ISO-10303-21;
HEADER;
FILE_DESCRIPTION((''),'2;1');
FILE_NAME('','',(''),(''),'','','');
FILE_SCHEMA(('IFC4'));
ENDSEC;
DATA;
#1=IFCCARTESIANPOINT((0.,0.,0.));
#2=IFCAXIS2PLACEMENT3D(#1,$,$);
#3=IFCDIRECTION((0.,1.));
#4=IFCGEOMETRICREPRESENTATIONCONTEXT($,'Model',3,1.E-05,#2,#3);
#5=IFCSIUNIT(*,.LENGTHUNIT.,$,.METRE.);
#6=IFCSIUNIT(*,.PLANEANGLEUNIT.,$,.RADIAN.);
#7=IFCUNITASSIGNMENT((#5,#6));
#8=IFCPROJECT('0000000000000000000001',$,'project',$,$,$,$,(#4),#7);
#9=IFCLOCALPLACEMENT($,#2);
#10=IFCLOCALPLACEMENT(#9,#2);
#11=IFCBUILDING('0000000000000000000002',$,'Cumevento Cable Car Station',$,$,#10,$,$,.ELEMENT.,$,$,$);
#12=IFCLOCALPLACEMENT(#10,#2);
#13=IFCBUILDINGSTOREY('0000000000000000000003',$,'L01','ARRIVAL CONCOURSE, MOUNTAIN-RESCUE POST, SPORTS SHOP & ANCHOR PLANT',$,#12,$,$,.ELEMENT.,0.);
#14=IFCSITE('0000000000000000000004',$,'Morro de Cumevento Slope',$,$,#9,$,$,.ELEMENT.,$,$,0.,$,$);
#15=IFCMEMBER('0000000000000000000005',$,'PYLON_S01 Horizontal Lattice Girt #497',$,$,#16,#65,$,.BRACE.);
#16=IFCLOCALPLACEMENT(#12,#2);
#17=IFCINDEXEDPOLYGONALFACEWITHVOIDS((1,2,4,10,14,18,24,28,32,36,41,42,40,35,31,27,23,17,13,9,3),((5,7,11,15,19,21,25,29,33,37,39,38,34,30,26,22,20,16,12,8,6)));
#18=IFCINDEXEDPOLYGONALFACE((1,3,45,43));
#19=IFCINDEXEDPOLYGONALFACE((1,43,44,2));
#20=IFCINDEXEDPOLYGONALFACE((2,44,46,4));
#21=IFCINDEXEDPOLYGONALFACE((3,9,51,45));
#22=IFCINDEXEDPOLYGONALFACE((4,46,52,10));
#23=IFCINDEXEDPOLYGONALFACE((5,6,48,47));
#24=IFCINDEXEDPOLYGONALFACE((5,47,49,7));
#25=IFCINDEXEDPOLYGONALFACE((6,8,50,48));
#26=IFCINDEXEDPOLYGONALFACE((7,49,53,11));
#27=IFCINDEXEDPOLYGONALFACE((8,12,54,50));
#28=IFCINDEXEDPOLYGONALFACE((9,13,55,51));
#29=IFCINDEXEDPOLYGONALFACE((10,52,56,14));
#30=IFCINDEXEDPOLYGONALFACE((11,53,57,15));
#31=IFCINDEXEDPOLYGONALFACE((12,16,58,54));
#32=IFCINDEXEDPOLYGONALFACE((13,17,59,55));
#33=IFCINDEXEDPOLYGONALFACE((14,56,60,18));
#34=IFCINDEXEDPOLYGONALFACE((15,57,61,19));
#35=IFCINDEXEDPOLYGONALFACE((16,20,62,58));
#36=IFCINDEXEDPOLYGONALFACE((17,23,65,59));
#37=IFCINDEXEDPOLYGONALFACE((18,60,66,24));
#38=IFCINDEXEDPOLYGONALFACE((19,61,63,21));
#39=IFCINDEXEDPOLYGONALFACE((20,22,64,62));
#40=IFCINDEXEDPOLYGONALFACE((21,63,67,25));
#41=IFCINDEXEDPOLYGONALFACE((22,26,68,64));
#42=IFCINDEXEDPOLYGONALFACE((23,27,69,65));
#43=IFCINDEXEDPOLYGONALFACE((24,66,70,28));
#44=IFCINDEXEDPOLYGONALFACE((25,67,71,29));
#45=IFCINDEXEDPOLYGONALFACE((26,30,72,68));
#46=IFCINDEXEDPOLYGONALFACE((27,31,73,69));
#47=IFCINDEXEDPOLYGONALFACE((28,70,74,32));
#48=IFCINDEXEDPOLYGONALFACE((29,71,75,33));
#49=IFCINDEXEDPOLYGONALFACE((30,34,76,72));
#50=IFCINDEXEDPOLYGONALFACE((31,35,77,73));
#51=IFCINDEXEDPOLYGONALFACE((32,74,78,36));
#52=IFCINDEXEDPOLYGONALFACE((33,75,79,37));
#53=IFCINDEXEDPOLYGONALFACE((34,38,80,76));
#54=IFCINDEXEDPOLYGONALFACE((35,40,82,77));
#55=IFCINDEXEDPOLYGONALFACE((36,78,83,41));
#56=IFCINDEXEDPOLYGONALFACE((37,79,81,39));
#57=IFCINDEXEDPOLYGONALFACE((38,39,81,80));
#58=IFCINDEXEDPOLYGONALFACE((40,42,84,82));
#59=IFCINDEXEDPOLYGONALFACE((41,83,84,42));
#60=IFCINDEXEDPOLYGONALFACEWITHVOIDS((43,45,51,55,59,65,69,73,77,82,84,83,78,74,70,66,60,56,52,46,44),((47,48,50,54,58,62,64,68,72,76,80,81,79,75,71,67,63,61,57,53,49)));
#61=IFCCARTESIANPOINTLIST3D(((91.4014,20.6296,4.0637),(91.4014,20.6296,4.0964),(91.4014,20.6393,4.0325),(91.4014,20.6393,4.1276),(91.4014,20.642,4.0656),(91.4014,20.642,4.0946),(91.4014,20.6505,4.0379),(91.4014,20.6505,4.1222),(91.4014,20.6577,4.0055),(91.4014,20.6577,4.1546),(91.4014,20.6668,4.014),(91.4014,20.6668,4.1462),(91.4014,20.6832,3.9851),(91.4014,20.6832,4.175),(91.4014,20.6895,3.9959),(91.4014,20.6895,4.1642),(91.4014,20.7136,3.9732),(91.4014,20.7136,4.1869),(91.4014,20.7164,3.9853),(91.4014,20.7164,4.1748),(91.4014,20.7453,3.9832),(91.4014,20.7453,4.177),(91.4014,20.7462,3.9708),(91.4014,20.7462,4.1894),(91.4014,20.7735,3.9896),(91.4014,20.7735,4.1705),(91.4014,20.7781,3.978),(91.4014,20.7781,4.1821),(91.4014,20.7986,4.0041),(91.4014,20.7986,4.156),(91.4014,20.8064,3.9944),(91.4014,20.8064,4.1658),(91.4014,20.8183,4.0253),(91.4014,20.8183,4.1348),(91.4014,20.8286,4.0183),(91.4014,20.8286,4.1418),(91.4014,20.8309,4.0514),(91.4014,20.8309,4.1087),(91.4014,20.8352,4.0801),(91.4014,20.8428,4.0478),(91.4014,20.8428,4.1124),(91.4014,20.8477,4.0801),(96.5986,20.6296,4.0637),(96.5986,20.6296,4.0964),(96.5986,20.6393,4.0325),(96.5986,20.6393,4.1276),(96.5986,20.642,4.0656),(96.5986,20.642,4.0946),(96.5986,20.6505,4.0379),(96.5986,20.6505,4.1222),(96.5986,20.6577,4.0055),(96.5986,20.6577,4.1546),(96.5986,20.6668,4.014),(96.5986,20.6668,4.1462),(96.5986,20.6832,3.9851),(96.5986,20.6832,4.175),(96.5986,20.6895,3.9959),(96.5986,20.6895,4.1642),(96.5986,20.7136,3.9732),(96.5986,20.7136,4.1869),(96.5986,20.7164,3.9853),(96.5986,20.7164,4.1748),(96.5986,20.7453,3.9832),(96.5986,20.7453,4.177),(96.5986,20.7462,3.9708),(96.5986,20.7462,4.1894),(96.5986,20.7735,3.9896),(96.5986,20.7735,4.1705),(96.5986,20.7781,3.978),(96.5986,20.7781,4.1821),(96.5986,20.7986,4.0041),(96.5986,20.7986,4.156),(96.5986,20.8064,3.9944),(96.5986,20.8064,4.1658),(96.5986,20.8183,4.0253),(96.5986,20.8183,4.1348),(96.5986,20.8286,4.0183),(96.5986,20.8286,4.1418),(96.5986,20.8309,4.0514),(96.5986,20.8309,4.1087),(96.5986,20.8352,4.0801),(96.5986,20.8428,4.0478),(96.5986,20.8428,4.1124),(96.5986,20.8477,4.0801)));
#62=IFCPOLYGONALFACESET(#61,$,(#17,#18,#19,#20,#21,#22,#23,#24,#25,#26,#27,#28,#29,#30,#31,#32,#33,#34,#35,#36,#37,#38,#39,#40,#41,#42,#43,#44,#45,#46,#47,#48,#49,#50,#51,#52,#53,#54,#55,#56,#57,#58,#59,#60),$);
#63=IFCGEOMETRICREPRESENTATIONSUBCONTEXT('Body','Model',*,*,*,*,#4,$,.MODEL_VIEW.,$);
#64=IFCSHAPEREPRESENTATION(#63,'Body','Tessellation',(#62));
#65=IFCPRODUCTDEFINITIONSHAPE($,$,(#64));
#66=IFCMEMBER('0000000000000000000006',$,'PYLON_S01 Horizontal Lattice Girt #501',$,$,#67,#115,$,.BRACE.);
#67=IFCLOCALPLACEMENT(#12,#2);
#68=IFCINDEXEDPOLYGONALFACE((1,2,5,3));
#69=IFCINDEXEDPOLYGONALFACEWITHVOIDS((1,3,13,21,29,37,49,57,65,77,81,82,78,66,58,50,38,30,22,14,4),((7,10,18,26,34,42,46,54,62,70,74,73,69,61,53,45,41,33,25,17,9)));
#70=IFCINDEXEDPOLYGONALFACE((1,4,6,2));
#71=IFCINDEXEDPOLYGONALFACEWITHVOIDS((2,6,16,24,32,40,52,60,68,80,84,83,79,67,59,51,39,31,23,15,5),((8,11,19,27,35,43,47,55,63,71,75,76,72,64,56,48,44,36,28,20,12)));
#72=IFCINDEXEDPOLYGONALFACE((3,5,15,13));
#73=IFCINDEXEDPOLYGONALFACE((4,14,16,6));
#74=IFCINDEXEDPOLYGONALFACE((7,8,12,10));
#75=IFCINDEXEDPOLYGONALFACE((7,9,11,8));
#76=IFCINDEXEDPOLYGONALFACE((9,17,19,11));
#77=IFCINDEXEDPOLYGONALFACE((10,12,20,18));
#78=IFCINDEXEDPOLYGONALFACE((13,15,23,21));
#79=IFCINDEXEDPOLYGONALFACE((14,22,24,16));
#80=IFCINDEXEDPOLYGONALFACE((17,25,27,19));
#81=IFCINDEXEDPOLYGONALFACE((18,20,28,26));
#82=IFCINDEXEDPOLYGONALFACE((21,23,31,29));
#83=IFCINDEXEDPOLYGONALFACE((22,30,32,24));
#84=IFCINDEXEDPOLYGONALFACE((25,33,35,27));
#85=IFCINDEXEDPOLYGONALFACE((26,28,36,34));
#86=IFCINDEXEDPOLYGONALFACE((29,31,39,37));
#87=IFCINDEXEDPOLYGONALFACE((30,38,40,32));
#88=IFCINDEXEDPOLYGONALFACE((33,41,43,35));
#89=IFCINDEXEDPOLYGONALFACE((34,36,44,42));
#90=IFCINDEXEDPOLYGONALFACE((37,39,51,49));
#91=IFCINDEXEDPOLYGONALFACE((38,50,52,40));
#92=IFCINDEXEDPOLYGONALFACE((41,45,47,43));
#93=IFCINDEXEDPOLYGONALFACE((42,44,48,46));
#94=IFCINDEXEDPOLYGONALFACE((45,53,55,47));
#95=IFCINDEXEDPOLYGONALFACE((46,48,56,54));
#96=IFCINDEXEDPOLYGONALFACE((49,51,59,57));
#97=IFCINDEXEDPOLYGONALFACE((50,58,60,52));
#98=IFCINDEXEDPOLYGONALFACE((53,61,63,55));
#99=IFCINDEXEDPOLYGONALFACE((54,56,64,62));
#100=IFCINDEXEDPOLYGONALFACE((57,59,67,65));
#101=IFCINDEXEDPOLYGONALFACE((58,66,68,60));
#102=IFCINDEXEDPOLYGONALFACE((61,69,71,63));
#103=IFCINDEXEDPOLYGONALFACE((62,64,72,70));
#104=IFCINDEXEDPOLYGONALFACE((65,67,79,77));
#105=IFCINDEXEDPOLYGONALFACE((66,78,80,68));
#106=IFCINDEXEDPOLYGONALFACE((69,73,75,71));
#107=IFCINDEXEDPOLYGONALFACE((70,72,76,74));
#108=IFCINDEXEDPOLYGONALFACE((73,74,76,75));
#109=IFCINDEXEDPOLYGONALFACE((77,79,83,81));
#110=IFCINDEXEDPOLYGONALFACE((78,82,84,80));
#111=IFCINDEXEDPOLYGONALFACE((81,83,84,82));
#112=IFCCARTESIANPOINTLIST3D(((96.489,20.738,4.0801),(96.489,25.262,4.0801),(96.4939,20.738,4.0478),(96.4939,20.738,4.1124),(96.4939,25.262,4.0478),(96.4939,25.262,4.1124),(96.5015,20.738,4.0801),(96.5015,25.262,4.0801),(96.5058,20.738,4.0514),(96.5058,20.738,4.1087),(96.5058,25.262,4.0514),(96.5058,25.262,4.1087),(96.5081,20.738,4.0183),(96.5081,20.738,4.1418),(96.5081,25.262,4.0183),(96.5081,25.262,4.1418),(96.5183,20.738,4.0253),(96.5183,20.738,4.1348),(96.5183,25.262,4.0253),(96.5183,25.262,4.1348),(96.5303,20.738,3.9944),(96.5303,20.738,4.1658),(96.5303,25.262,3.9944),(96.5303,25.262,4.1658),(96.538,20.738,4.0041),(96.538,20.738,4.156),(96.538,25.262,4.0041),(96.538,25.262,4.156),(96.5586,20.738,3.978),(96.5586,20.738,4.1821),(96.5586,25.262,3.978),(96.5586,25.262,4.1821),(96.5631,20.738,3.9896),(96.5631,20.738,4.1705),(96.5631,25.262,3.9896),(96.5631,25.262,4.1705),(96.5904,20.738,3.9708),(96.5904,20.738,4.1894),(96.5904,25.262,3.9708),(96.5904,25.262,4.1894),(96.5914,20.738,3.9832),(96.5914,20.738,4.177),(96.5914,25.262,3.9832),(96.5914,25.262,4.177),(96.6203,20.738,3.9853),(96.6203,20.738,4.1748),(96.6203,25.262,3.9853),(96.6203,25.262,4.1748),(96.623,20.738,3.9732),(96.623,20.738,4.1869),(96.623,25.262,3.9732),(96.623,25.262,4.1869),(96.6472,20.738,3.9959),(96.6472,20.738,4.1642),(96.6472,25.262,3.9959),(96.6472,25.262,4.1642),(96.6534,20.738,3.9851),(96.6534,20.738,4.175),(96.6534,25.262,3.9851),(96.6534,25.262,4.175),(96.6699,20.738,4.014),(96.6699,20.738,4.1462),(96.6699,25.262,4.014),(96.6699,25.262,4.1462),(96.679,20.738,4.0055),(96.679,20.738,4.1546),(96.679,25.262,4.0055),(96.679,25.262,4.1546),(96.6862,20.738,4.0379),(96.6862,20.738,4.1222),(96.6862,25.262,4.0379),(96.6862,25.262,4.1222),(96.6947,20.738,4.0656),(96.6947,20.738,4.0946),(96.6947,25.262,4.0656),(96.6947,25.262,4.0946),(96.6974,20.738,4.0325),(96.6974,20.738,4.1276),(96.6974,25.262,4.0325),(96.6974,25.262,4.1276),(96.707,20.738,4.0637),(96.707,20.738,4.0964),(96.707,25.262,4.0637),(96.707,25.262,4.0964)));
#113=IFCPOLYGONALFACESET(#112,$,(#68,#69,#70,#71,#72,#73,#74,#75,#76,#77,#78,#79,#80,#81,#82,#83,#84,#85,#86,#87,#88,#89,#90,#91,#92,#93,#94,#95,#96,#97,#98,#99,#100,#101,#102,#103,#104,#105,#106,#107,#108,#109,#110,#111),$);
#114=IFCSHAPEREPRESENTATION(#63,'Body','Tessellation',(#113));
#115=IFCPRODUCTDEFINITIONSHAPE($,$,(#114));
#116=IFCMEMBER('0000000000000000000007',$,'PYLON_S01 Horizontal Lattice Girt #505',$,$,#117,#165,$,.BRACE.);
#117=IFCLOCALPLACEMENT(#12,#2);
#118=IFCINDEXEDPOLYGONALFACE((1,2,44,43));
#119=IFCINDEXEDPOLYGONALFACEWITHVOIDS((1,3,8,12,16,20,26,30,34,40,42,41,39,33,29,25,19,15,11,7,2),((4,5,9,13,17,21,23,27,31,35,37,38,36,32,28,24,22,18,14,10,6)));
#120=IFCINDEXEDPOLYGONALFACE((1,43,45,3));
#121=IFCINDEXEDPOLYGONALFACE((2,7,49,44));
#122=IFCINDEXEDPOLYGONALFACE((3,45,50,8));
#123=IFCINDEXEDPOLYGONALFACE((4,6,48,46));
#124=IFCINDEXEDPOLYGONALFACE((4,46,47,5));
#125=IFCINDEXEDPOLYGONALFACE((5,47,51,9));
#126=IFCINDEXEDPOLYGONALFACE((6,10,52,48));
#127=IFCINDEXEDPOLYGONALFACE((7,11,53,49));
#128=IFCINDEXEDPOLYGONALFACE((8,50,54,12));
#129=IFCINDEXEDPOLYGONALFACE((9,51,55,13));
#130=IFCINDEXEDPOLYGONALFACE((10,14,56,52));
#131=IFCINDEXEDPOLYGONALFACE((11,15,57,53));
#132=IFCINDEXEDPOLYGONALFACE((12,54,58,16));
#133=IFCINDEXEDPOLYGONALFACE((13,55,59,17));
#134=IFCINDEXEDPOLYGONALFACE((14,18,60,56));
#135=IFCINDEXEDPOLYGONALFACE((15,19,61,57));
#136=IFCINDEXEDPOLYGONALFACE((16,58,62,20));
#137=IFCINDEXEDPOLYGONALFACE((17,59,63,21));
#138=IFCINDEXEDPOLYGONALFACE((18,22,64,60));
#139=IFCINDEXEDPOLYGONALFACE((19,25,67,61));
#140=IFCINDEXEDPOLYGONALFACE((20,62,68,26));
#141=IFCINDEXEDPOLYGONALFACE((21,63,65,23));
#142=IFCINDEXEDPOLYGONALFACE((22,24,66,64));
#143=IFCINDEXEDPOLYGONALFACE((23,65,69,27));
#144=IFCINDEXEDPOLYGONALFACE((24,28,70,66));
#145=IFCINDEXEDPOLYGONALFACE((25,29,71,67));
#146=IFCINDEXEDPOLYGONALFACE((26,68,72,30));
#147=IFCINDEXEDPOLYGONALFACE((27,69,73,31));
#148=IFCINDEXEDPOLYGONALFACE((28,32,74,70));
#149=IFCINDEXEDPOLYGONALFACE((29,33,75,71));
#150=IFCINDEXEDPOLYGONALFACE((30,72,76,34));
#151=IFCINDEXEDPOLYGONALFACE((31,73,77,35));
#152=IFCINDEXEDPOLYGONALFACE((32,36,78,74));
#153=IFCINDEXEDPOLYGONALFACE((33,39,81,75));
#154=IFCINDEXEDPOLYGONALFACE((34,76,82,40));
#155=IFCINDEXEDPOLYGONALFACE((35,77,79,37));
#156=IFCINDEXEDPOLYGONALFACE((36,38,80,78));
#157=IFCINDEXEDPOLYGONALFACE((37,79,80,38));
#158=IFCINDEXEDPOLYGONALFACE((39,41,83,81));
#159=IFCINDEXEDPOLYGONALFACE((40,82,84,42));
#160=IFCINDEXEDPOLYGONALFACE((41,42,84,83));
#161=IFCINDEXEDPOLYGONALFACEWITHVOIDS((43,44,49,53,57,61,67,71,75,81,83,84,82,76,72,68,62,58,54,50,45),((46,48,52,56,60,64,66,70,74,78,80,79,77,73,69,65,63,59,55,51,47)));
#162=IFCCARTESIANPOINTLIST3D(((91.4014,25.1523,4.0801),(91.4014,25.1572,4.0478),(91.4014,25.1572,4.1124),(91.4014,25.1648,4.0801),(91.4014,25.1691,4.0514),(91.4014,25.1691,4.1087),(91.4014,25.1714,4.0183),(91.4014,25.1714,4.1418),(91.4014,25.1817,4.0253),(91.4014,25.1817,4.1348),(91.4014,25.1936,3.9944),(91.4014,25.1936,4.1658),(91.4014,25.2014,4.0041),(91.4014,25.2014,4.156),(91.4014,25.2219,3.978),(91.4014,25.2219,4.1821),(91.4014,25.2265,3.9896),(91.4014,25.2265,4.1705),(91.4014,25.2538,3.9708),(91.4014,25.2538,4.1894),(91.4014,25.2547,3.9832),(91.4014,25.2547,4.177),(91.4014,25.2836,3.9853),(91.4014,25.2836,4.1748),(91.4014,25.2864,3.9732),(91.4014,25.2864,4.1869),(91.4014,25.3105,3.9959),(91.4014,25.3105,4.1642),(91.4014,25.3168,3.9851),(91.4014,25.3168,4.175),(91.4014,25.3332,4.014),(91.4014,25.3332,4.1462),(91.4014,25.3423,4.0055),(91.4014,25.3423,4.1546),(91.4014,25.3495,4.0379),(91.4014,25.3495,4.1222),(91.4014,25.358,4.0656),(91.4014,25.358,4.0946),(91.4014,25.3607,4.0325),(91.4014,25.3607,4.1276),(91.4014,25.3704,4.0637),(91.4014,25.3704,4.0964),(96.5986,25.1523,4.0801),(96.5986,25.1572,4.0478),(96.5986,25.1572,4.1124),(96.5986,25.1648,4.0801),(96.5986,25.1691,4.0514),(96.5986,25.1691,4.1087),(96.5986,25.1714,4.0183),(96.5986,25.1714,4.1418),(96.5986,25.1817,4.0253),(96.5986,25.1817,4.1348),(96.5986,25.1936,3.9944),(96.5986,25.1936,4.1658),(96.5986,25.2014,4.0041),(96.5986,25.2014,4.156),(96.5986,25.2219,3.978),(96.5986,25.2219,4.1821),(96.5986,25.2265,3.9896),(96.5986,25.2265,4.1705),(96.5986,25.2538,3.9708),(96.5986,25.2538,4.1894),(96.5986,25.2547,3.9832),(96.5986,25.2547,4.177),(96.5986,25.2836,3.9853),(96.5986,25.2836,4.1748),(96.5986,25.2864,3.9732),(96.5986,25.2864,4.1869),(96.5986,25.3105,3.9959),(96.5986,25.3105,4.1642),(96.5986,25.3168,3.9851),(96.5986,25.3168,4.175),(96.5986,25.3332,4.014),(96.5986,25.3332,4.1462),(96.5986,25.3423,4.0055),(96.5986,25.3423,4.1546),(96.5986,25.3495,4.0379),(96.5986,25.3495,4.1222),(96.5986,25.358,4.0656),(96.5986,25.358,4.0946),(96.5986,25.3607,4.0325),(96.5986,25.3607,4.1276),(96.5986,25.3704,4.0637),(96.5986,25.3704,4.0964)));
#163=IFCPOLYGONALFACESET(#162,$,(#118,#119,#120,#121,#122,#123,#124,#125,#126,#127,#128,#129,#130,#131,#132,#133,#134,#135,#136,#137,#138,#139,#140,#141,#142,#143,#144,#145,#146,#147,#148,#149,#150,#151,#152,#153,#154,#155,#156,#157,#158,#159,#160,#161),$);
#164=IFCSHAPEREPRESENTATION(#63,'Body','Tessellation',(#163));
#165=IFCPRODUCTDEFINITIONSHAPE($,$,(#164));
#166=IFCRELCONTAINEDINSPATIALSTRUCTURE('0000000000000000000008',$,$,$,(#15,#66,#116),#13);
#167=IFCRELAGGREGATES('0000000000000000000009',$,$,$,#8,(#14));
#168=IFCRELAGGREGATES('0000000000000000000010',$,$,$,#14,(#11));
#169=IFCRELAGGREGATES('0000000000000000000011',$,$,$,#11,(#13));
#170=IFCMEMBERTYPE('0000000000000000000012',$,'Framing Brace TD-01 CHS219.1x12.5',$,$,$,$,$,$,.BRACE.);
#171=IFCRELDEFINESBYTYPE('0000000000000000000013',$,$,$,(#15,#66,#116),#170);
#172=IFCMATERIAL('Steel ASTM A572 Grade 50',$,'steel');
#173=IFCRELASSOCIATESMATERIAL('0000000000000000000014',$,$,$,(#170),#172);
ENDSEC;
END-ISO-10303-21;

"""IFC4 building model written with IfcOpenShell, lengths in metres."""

from ifc_helpers import new_model, si_unit, direction, frame, origin, origin_2d, place, context, subcontext, project, spatial, hollow_circle, extrude, material, material_profile, profile_set, type_object, element, save


model = new_model("IFC4")

# Units and contexts
model_context = context("Model", 3, precision=1e-05, world=origin(), true_north=direction((0.0, 1.0)))
body_context = subcontext(model_context, "Body", "Model", "MODEL_VIEW")
ifc_project = project(units=[si_unit("LENGTHUNIT", "METRE"), si_unit("PLANEANGLEUNIT", "RADIAN")], contexts=[model_context])

# Site, building, storey
site_placement = place(None, origin())
site = spatial("IfcSite", under=ifc_project, at=site_placement, Name="Morro de Cumevento Slope", CompositionType="ELEMENT", RefElevation=0.0)
building_placement = place(site_placement, origin())
building = spatial("IfcBuilding", under=site, at=building_placement, Name="Cumevento Cable Car Station", CompositionType="ELEMENT")
storey_placement = place(building_placement, origin())
storey = spatial("IfcBuildingStorey", under=building, at=storey_placement, Name="L01", Description="ARRIVAL CONCOURSE, MOUNTAIN-RESCUE POST, SPORTS SHOP & ANCHOR PLANT", CompositionType="ELEMENT", Elevation=0.0)

# Members
ifc_material_1 = material(Name="Steel ASTM A572 Grade 50", Category="steel")
ifc_material_profile_1 = material_profile(ifc_material_1, hollow_circle(Radius=0.1096, WallThickness=0.0125, at=origin_2d()), Name="CHS219.1x12.5")
ifc_profile_set_1 = profile_set([ifc_material_profile_1], Name="Steel ASTM A572 Grade 50")
member_type_1 = type_object("IfcMemberType", Name="Framing Brace TD-01 CHS219.1x12.5", PredefinedType="BRACE", material=ifc_profile_set_1)
member_1_placement = place(storey_placement, frame((91.4014, 20.738, 4.0801), z_axis=(1.0, 0.0, 0.0), x_axis=(0.0, 1.0, 0.0)))
element("IfcMember", 1, at=member_1_placement, inside=storey, type_object=member_type_1, Name="PYLON_S01 Horizontal Lattice Girt #497", PredefinedType="BRACE", context=body_context, shape_type="SweptSolid", body=[
    extrude(hollow_circle(Radius=0.1096, WallThickness=0.0125, at=origin_2d()), origin(), (0.0, 0.0, 1.0), 5.1973),
])
member_2_placement = place(storey_placement, frame((96.5986, 20.738, 4.0801), z_axis=(0.0, 1.0, 0.0), x_axis=(-1.0, 0.0, 0.0)))
element("IfcMember", 2, at=member_2_placement, inside=storey, type_object=member_type_1, Name="PYLON_S01 Horizontal Lattice Girt #501", PredefinedType="BRACE", context=body_context, shape_type="SweptSolid", body=[
    extrude(hollow_circle(Radius=0.1096, WallThickness=0.0125, at=origin_2d()), origin(), (0.0, 0.0, 1.0), 4.5239),
])
member_3_placement = place(storey_placement, frame((96.5986, 25.262, 4.0801), z_axis=(-1.0, 0.0, 0.0), x_axis=(0.0, -1.0, 0.0)))
element("IfcMember", 3, at=member_3_placement, inside=storey, type_object=member_type_1, Name="PYLON_S01 Horizontal Lattice Girt #505", PredefinedType="BRACE", context=body_context, shape_type="SweptSolid", body=[
    extrude(hollow_circle(Radius=0.1096, WallThickness=0.0125, at=origin_2d()), origin(), (0.0, 0.0, 1.0), 5.1973),
])

save(model, "model.ifc")
